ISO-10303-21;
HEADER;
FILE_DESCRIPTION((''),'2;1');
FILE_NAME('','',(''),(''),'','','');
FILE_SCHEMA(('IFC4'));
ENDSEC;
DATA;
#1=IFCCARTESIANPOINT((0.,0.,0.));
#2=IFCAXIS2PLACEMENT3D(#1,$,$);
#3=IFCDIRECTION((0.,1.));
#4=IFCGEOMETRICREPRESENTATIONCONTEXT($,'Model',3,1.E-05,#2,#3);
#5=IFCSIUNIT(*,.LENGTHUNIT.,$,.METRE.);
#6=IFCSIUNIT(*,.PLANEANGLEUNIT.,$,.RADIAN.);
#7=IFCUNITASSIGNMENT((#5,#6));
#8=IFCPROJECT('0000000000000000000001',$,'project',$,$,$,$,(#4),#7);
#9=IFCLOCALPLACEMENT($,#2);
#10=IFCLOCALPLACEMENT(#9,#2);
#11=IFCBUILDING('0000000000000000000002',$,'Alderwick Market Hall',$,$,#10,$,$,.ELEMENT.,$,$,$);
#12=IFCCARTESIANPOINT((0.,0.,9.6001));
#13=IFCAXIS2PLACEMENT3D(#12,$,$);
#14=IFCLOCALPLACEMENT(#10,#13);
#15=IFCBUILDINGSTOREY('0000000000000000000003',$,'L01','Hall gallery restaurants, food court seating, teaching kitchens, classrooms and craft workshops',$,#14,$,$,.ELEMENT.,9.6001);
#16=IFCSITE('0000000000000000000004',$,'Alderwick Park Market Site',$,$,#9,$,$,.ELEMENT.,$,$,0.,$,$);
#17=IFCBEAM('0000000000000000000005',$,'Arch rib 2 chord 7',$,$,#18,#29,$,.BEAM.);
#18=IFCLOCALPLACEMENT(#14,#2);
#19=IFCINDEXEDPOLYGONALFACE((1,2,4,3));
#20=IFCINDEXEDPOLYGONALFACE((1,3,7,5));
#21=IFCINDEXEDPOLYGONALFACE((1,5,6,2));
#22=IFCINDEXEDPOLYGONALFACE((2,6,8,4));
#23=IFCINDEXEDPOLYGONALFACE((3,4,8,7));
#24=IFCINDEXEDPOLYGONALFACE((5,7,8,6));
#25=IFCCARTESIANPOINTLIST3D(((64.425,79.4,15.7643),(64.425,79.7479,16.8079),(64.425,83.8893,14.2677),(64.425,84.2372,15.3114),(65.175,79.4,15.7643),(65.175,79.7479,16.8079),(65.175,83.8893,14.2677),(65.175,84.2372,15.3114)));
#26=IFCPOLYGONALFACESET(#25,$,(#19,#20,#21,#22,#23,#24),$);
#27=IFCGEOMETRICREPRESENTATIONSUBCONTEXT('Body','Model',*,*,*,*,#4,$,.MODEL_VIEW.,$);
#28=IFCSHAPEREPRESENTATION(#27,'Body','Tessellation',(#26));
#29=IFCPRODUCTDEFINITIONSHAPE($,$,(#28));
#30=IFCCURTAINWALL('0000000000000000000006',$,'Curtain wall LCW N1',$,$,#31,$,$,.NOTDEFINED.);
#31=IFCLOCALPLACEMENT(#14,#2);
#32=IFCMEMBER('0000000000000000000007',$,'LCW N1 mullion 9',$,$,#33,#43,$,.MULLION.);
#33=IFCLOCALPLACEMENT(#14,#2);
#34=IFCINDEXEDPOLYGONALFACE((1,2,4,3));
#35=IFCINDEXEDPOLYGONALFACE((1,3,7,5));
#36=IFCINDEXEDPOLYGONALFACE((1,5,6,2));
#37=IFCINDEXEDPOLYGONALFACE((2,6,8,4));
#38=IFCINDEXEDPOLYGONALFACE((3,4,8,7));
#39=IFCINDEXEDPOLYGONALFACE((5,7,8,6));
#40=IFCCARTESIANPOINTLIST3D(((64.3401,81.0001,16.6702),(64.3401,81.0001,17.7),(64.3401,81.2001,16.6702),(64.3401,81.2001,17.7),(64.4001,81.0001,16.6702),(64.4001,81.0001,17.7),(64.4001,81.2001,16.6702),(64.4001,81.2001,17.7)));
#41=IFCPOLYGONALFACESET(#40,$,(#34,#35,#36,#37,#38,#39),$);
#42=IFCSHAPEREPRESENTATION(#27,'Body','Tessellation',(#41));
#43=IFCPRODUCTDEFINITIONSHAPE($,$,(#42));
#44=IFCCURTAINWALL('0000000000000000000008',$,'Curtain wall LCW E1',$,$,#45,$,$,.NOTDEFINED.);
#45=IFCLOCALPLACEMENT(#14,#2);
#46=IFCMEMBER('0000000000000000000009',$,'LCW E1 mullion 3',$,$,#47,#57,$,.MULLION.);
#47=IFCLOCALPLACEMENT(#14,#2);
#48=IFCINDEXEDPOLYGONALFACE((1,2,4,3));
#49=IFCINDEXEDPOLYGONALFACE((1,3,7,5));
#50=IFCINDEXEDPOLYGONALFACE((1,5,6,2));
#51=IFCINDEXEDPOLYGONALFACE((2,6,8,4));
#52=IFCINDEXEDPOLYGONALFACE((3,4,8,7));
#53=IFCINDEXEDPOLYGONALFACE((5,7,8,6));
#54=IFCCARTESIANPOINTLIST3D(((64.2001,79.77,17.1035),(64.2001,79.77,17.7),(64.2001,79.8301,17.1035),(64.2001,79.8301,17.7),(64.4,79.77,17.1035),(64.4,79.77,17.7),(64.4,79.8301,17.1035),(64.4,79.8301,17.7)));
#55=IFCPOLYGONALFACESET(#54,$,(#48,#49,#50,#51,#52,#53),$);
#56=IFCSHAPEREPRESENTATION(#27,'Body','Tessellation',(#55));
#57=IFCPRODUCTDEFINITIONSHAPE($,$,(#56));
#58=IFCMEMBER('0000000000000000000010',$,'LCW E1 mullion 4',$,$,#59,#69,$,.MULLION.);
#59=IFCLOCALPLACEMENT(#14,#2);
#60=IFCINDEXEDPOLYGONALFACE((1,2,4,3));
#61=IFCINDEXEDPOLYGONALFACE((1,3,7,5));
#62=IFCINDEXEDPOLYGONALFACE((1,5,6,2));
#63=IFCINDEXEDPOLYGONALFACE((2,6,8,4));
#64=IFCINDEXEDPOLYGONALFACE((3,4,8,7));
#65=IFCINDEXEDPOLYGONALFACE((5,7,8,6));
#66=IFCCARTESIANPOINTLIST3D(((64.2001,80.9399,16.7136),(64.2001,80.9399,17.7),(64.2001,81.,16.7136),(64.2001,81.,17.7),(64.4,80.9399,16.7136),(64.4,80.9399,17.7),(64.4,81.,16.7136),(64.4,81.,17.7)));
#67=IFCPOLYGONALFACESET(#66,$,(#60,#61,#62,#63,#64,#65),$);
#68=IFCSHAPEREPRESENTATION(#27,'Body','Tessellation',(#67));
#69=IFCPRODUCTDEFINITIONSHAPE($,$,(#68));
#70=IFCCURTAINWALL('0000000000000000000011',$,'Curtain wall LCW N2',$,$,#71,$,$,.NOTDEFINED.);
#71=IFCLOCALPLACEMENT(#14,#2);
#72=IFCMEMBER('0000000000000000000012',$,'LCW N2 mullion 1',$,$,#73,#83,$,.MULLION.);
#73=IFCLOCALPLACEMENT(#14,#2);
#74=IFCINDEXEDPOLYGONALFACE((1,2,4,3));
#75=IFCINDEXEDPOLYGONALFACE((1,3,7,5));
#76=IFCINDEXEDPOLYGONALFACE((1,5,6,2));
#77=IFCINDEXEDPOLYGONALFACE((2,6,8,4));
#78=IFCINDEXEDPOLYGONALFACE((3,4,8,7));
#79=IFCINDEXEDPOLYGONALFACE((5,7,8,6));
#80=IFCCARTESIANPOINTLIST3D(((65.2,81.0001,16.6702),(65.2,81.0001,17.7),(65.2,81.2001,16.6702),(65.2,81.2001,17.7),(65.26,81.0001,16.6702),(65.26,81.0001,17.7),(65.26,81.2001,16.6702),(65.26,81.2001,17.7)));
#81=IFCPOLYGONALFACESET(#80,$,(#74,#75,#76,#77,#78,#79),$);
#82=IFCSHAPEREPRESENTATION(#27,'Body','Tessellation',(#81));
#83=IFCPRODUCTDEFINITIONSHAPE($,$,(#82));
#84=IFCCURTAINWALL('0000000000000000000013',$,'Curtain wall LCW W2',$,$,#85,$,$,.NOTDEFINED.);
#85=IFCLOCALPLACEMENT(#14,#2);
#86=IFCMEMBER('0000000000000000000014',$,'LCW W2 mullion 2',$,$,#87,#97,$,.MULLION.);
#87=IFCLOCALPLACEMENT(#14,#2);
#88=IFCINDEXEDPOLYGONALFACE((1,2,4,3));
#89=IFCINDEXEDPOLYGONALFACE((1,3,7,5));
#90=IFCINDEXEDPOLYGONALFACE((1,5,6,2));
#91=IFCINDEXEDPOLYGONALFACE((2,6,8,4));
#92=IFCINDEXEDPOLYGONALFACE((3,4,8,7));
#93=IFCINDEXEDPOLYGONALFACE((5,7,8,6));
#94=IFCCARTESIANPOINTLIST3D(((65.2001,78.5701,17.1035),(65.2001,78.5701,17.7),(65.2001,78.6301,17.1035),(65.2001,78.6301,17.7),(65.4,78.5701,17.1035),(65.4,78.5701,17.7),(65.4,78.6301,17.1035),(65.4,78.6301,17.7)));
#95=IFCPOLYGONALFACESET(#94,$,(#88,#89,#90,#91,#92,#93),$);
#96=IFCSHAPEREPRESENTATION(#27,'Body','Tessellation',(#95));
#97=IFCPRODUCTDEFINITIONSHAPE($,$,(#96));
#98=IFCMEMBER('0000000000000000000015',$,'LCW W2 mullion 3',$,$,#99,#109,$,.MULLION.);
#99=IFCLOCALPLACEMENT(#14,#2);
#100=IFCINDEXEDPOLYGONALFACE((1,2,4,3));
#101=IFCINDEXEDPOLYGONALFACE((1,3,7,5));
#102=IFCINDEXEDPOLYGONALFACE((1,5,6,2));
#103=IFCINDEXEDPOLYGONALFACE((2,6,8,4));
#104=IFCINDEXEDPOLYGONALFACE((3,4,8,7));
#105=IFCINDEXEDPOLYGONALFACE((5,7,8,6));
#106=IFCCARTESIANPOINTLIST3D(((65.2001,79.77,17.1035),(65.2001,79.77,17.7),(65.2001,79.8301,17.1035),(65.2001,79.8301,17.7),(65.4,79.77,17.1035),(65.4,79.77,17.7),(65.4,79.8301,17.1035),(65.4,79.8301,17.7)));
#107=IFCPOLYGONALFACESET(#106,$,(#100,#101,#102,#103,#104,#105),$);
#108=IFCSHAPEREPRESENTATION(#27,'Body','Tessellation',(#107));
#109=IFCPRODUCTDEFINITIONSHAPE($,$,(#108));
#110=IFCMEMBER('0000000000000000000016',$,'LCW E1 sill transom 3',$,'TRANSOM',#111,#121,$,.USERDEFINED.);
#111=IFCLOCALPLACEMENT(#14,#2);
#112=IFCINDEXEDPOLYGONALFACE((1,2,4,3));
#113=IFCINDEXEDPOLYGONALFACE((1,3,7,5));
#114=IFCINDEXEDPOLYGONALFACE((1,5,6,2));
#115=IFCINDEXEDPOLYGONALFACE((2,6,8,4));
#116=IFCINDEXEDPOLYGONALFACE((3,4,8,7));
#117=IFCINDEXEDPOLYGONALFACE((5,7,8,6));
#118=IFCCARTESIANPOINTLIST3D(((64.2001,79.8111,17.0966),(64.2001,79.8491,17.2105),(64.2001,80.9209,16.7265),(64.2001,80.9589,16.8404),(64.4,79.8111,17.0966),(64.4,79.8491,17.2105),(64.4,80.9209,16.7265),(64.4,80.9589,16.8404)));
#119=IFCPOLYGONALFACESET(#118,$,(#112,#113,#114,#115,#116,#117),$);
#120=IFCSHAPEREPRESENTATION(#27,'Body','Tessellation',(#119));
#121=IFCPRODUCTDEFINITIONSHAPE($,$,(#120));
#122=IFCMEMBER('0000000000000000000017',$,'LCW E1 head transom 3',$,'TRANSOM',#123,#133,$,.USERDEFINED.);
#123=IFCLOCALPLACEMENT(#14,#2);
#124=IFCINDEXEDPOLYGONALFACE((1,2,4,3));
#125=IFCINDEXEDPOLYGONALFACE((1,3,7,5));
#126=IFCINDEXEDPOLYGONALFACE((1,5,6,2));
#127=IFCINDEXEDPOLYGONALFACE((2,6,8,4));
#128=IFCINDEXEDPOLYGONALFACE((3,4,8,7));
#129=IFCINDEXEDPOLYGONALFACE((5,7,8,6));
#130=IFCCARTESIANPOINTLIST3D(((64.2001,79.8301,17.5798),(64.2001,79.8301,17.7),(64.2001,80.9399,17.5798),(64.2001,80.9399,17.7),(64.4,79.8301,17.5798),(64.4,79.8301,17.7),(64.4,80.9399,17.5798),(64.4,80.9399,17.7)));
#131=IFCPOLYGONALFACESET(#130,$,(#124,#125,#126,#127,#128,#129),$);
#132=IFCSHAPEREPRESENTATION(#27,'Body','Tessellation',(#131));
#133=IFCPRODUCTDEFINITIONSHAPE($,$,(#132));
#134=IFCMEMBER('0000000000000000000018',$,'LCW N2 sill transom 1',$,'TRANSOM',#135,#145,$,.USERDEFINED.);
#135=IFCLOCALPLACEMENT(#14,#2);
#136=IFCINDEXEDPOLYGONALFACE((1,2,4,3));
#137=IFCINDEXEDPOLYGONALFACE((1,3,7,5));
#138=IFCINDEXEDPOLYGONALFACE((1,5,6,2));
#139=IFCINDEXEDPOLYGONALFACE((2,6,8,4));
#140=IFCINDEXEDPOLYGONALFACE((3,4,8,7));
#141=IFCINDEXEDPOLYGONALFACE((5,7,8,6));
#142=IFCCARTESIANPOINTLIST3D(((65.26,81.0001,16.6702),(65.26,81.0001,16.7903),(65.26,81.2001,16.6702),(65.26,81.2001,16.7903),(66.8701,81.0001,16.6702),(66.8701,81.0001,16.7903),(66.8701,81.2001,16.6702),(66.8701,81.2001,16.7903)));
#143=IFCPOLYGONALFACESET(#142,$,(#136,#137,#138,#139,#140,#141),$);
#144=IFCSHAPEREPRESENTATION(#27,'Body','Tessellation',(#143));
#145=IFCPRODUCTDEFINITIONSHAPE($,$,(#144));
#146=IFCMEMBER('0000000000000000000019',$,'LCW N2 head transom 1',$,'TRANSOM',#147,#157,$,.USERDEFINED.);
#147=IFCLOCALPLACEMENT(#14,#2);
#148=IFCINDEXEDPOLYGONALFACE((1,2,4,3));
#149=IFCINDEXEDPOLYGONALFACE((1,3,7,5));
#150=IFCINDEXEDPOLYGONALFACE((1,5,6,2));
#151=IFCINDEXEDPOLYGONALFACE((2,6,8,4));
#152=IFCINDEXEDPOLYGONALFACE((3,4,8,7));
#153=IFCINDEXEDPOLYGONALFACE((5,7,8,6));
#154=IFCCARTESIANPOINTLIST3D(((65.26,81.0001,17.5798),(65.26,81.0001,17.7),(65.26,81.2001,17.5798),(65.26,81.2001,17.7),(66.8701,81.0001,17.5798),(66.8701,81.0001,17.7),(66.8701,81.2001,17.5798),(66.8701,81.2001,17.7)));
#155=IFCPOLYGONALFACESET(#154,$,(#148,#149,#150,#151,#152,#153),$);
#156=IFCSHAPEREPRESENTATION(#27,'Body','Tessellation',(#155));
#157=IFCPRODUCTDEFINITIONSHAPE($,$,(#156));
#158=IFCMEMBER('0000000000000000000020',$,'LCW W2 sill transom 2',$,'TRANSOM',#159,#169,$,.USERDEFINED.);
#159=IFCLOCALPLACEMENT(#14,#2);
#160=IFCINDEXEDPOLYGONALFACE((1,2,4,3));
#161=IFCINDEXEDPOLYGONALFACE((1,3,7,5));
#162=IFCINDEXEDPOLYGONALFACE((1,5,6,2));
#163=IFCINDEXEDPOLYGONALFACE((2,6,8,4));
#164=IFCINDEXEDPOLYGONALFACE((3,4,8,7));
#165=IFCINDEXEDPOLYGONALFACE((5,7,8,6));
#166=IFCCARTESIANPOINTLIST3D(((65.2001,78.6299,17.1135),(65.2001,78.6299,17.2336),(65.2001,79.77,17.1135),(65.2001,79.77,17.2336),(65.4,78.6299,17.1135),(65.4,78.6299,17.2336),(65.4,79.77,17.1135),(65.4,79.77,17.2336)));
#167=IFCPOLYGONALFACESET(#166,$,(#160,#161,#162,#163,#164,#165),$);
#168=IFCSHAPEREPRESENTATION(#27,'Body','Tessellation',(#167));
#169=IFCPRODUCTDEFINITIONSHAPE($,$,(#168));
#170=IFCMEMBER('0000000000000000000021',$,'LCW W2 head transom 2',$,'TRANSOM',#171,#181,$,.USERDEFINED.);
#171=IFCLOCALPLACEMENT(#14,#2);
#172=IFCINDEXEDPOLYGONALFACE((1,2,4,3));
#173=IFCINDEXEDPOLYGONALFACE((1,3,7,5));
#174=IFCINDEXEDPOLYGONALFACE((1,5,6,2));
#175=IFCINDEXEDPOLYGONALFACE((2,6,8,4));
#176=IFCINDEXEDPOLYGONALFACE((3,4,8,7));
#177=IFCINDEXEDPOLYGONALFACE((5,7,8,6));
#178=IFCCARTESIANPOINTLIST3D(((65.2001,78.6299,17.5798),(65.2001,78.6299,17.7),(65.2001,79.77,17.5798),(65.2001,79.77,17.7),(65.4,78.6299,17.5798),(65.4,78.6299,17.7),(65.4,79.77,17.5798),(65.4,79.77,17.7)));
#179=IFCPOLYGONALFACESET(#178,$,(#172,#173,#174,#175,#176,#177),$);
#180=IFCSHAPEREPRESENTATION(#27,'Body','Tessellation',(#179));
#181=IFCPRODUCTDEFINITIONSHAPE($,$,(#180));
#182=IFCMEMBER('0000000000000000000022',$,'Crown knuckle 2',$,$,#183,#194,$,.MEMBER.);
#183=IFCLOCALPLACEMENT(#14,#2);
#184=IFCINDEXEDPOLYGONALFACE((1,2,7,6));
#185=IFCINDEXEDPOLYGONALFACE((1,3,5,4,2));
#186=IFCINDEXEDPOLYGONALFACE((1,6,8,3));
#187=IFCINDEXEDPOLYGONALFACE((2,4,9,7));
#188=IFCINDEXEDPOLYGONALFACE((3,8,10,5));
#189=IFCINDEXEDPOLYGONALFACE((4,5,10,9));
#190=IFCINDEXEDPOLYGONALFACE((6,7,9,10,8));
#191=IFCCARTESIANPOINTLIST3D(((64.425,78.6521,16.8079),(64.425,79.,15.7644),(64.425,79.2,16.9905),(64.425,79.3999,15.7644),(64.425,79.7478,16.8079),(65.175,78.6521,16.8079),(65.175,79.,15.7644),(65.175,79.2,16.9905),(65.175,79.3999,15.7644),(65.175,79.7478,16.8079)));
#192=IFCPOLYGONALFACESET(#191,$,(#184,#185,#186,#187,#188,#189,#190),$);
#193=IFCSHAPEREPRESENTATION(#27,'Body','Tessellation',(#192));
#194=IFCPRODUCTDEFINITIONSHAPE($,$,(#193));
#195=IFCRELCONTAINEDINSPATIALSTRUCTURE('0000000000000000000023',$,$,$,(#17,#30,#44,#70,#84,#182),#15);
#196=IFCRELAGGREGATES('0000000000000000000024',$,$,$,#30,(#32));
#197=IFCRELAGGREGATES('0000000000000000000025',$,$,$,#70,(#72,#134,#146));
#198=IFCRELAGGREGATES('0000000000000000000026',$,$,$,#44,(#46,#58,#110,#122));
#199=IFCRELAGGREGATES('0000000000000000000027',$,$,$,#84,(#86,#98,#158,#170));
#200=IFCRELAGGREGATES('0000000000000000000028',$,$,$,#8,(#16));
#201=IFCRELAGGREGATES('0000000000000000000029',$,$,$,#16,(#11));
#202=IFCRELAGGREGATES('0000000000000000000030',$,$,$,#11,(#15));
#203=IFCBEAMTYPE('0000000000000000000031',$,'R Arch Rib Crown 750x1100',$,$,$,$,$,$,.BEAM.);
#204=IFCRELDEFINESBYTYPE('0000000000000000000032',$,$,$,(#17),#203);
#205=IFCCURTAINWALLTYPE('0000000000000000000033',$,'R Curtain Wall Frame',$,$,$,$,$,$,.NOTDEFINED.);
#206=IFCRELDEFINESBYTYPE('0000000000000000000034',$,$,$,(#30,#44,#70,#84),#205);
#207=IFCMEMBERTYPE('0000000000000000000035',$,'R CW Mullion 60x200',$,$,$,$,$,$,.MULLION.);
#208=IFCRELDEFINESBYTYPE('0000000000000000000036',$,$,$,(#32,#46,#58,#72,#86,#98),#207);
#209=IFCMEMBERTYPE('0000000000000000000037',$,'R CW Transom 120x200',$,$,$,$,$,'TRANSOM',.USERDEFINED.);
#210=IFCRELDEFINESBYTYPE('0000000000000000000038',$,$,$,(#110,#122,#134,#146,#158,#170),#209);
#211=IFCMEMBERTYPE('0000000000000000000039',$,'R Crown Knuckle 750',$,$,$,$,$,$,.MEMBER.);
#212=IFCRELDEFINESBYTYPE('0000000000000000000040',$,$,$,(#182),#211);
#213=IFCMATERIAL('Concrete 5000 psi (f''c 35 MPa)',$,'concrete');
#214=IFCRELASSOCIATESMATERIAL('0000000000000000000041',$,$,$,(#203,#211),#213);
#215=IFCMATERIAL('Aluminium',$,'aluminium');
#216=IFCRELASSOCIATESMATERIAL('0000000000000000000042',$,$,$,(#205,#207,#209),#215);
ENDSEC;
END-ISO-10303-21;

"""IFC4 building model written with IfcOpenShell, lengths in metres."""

from ifc_helpers import new_model, si_unit, direction, frame, origin, origin_2d, place, context, subcontext, project, spatial, polyline, rectangle, outline, extrude, material, material_profile, profile_set, type_object, element, aggregate, save


model = new_model("IFC4")

# Units and contexts
model_context = context("Model", 3, precision=1e-05, world=origin(), true_north=direction((0.0, 1.0)))
body_context = subcontext(model_context, "Body", "Model", "MODEL_VIEW")
ifc_project = project(units=[si_unit("LENGTHUNIT", "METRE"), si_unit("PLANEANGLEUNIT", "RADIAN")], contexts=[model_context])

# Site, building, storey
site_placement = place(None, origin())
site = spatial("IfcSite", under=ifc_project, at=site_placement, Name="Alderwick Park Market Site", CompositionType="ELEMENT", RefElevation=0.0)
building_placement = place(site_placement, origin())
building = spatial("IfcBuilding", under=site, at=building_placement, Name="Alderwick Market Hall", CompositionType="ELEMENT")
storey_placement = place(building_placement, frame((0.0, 0.0, 9.6001)))
storey = spatial("IfcBuildingStorey", under=building, at=storey_placement, Name="L01", Description="Hall gallery restaurants, food court seating, teaching kitchens, classrooms and craft workshops", CompositionType="ELEMENT", Elevation=9.6001)

# Beam
ifc_material_1 = material(Name="Concrete 5000 psi (f'c 35 MPa)", Category="concrete")
ifc_material_profile_1 = material_profile(ifc_material_1, rectangle(XDim=0.75, YDim=1.1001, at=origin_2d()), Name="RC 750x1100")
ifc_profile_set_1 = profile_set([ifc_material_profile_1], Name="Concrete 5000 psi (f'c 35 MPa)")
beam_type = type_object("IfcBeamType", Name="R Arch Rib Crown 750x1100", PredefinedType="BEAM", material=ifc_profile_set_1)
beam_placement = place(storey_placement, frame((64.8, 79.574, 16.2861), z_axis=(0.0, 0.948673, -0.316259), x_axis=(-1.0, 0.0, 0.0)))
element("IfcBeam", 1, at=beam_placement, inside=storey, type_object=beam_type, Name="Arch rib 2 chord 7", PredefinedType="BEAM", context=body_context, shape_type="SweptSolid", body=[
    extrude(rectangle(XDim=0.75, YDim=1.1001, at=origin_2d()), origin(), (0.0, 0.0, 1.0), 4.7322),
])

# Curtain wall, member
ifc_material_2 = material(Name="Aluminium", Category="aluminium")
curtain_wall_type = type_object("IfcCurtainWallType", Name="R Curtain Wall Frame", PredefinedType="NOTDEFINED", material=ifc_material_2)
curtain_wall_1_placement = place(storey_placement, origin())
curtain_wall_1 = element("IfcCurtainWall", 2, at=curtain_wall_1_placement, inside=storey, type_object=curtain_wall_type, Name="Curtain wall LCW N1", PredefinedType="NOTDEFINED")
ifc_material_profile_2 = material_profile(ifc_material_2, rectangle(XDim=0.2, YDim=0.0601, at=origin_2d()), Name="AL 60x200")
ifc_profile_set_2 = profile_set([ifc_material_profile_2], Name="Aluminium")
member_type_1 = type_object("IfcMemberType", Name="R CW Mullion 60x200", PredefinedType="MULLION", material=ifc_profile_set_2)
member_1_placement = place(storey_placement, frame((64.3701, 81.1001, 16.6702), z_axis=(0.0, 0.0, 1.0), x_axis=(0.0, 1.0, 0.0)))
member_1 = element("IfcMember", 3, at=member_1_placement, type_object=member_type_1, Name="LCW N1 mullion 9", PredefinedType="MULLION", context=body_context, shape_type="SweptSolid", body=[
    extrude(rectangle(XDim=0.2, YDim=0.0601, at=origin_2d()), origin(), (0.0, 0.0, 1.0), 1.0298),
])
aggregate(curtain_wall_1, [member_1])

# Curtain wall, members
curtain_wall_2_placement = place(storey_placement, origin())
curtain_wall_2 = element("IfcCurtainWall", 4, at=curtain_wall_2_placement, inside=storey, type_object=curtain_wall_type, Name="Curtain wall LCW E1", PredefinedType="NOTDEFINED")
member_2_placement = place(storey_placement, frame((64.3, 79.8, 17.1035), z_axis=(0.0, 0.0, 1.0), x_axis=(1.0, 0.0, 0.0)))
member_2 = element("IfcMember", 5, at=member_2_placement, type_object=member_type_1, Name="LCW E1 mullion 3", PredefinedType="MULLION", context=body_context, shape_type="SweptSolid", body=[
    extrude(rectangle(XDim=0.2, YDim=0.0601, at=origin_2d()), origin(), (0.0, 0.0, 1.0), 0.5964),
])
member_3_placement = place(storey_placement, frame((64.3, 80.97, 16.7136), z_axis=(0.0, 0.0, 1.0), x_axis=(1.0, 0.0, 0.0)))
member_3 = element("IfcMember", 6, at=member_3_placement, type_object=member_type_1, Name="LCW E1 mullion 4", PredefinedType="MULLION", context=body_context, shape_type="SweptSolid", body=[
    extrude(rectangle(XDim=0.2, YDim=0.0601, at=origin_2d()), origin(), (0.0, 0.0, 1.0), 0.9863),
])

# Curtain wall, member
curtain_wall_3_placement = place(storey_placement, origin())
curtain_wall_3 = element("IfcCurtainWall", 7, at=curtain_wall_3_placement, inside=storey, type_object=curtain_wall_type, Name="Curtain wall LCW N2", PredefinedType="NOTDEFINED")
member_4_placement = place(storey_placement, frame((65.23, 81.1001, 16.6702), z_axis=(0.0, 0.0, 1.0), x_axis=(0.0, 1.0, 0.0)))
member_4 = element("IfcMember", 8, at=member_4_placement, type_object=member_type_1, Name="LCW N2 mullion 1", PredefinedType="MULLION", context=body_context, shape_type="SweptSolid", body=[
    extrude(rectangle(XDim=0.2, YDim=0.0601, at=origin_2d()), origin(), (0.0, 0.0, 1.0), 1.0298),
])

# Curtain wall, members
curtain_wall_4_placement = place(storey_placement, origin())
curtain_wall_4 = element("IfcCurtainWall", 9, at=curtain_wall_4_placement, inside=storey, type_object=curtain_wall_type, Name="Curtain wall LCW W2", PredefinedType="NOTDEFINED")
member_5_placement = place(storey_placement, frame((65.3, 78.6001, 17.1035), z_axis=(0.0, 0.0, 1.0), x_axis=(1.0, 0.0, 0.0)))
member_5 = element("IfcMember", 10, at=member_5_placement, type_object=member_type_1, Name="LCW W2 mullion 2", PredefinedType="MULLION", context=body_context, shape_type="SweptSolid", body=[
    extrude(rectangle(XDim=0.2, YDim=0.0601, at=origin_2d()), origin(), (0.0, 0.0, 1.0), 0.5964),
])
member_6_placement = place(storey_placement, frame((65.3, 79.8, 17.1035), z_axis=(0.0, 0.0, 1.0), x_axis=(1.0, 0.0, 0.0)))
member_6 = element("IfcMember", 11, at=member_6_placement, type_object=member_type_1, Name="LCW W2 mullion 3", PredefinedType="MULLION", context=body_context, shape_type="SweptSolid", body=[
    extrude(rectangle(XDim=0.2, YDim=0.0601, at=origin_2d()), origin(), (0.0, 0.0, 1.0), 0.5964),
])

# Members
ifc_material_profile_3 = material_profile(ifc_material_2, rectangle(XDim=0.2, YDim=0.1201, at=origin_2d()), Name="AL 120x200")
ifc_profile_set_3 = profile_set([ifc_material_profile_3], Name="Aluminium")
member_type_2 = type_object("IfcMemberType", Name="R CW Transom 120x200", ElementType="TRANSOM", PredefinedType="USERDEFINED", material=ifc_profile_set_3)
member_7_placement = place(storey_placement, frame((64.3, 79.8301, 17.1536), z_axis=(0.0, 0.948642, -0.316353), x_axis=(-1.0, 0.0, 0.0)))
member_7 = element("IfcMember", 12, at=member_7_placement, type_object=member_type_2, Name="LCW E1 sill transom 3", ObjectType="TRANSOM", PredefinedType="USERDEFINED", context=body_context, shape_type="SweptSolid", body=[
    extrude(rectangle(XDim=0.2, YDim=0.1201, at=origin_2d()), origin(), (0.0, 0.0, 1.0), 1.1699),
])
member_8_placement = place(storey_placement, frame((64.3, 79.8301, 17.6399), z_axis=(0.0, 1.0, 0.0), x_axis=(-1.0, 0.0, 0.0)))
member_8 = element("IfcMember", 13, at=member_8_placement, type_object=member_type_2, Name="LCW E1 head transom 3", ObjectType="TRANSOM", PredefinedType="USERDEFINED", context=body_context, shape_type="SweptSolid", body=[
    extrude(rectangle(XDim=0.2, YDim=0.1201, at=origin_2d()), origin(), (0.0, 0.0, 1.0), 1.1099),
])
member_9_placement = place(storey_placement, frame((65.26, 81.1001, 16.7302), z_axis=(1.0, 0.0, 0.0), x_axis=(0.0, 1.0, 0.0)))
member_9 = element("IfcMember", 14, at=member_9_placement, type_object=member_type_2, Name="LCW N2 sill transom 1", ObjectType="TRANSOM", PredefinedType="USERDEFINED", context=body_context, shape_type="SweptSolid", body=[
    extrude(rectangle(XDim=0.2, YDim=0.1201, at=origin_2d()), origin(), (0.0, 0.0, 1.0), 1.6101),
])
member_10_placement = place(storey_placement, frame((65.26, 81.1001, 17.6399), z_axis=(1.0, 0.0, 0.0), x_axis=(0.0, 1.0, 0.0)))
member_10 = element("IfcMember", 15, at=member_10_placement, type_object=member_type_2, Name="LCW N2 head transom 1", ObjectType="TRANSOM", PredefinedType="USERDEFINED", context=body_context, shape_type="SweptSolid", body=[
    extrude(rectangle(XDim=0.2, YDim=0.1201, at=origin_2d()), origin(), (0.0, 0.0, 1.0), 1.6101),
])
aggregate(curtain_wall_3, [member_4, member_9, member_10])
member_11_placement = place(storey_placement, frame((65.3, 78.6299, 17.1736), z_axis=(0.0, 1.0, 0.0), x_axis=(-1.0, 0.0, 0.0)))
member_11 = element("IfcMember", 16, at=member_11_placement, type_object=member_type_2, Name="LCW W2 sill transom 2", ObjectType="TRANSOM", PredefinedType="USERDEFINED", context=body_context, shape_type="SweptSolid", body=[
    extrude(rectangle(XDim=0.2, YDim=0.1201, at=origin_2d()), origin(), (0.0, 0.0, 1.0), 1.1401),
])
member_12_placement = place(storey_placement, frame((65.3, 78.6299, 17.6399), z_axis=(0.0, 1.0, 0.0), x_axis=(-1.0, 0.0, 0.0)))
member_12 = element("IfcMember", 17, at=member_12_placement, type_object=member_type_2, Name="LCW W2 head transom 2", ObjectType="TRANSOM", PredefinedType="USERDEFINED", context=body_context, shape_type="SweptSolid", body=[
    extrude(rectangle(XDim=0.2, YDim=0.1201, at=origin_2d()), origin(), (0.0, 0.0, 1.0), 1.1401),
])

# Member
ifc_material_profile_4 = material_profile(ifc_material_1, outline(polyline([(-0.2, 0.0), (-0.5479, 1.0435), (0.0, 1.2261), (0.5479, 1.0435), (0.2, 0.0), (-0.2, 0.0)])), Name="RC crown knuckle")
ifc_profile_set_4 = profile_set([ifc_material_profile_4], Name="Concrete 5000 psi (f'c 35 MPa)")
member_type_3 = type_object("IfcMemberType", Name="R Crown Knuckle 750", PredefinedType="MEMBER", material=ifc_profile_set_4)
member_13_placement = place(storey_placement, frame((64.425, 79.2, 15.7644), z_axis=(1.0, 0.0, 0.0), x_axis=(0.0, 1.0, 0.0)))
element("IfcMember", 18, at=member_13_placement, inside=storey, type_object=member_type_3, Name="Crown knuckle 2", PredefinedType="MEMBER", context=body_context, shape_type="SweptSolid", body=[
    extrude(outline(polyline([(-0.2, 0.0), (-0.5479, 1.0435), (0.0, 1.2261), (0.5479, 1.0435), (0.2, 0.0), (-0.2, 0.0)])), origin(), (0.0, 0.0, 1.0), 0.75),
])

aggregate(curtain_wall_2, [member_2, member_3, member_7, member_8])
aggregate(curtain_wall_4, [member_5, member_6, member_11, member_12])

save(model, "model.ifc")
